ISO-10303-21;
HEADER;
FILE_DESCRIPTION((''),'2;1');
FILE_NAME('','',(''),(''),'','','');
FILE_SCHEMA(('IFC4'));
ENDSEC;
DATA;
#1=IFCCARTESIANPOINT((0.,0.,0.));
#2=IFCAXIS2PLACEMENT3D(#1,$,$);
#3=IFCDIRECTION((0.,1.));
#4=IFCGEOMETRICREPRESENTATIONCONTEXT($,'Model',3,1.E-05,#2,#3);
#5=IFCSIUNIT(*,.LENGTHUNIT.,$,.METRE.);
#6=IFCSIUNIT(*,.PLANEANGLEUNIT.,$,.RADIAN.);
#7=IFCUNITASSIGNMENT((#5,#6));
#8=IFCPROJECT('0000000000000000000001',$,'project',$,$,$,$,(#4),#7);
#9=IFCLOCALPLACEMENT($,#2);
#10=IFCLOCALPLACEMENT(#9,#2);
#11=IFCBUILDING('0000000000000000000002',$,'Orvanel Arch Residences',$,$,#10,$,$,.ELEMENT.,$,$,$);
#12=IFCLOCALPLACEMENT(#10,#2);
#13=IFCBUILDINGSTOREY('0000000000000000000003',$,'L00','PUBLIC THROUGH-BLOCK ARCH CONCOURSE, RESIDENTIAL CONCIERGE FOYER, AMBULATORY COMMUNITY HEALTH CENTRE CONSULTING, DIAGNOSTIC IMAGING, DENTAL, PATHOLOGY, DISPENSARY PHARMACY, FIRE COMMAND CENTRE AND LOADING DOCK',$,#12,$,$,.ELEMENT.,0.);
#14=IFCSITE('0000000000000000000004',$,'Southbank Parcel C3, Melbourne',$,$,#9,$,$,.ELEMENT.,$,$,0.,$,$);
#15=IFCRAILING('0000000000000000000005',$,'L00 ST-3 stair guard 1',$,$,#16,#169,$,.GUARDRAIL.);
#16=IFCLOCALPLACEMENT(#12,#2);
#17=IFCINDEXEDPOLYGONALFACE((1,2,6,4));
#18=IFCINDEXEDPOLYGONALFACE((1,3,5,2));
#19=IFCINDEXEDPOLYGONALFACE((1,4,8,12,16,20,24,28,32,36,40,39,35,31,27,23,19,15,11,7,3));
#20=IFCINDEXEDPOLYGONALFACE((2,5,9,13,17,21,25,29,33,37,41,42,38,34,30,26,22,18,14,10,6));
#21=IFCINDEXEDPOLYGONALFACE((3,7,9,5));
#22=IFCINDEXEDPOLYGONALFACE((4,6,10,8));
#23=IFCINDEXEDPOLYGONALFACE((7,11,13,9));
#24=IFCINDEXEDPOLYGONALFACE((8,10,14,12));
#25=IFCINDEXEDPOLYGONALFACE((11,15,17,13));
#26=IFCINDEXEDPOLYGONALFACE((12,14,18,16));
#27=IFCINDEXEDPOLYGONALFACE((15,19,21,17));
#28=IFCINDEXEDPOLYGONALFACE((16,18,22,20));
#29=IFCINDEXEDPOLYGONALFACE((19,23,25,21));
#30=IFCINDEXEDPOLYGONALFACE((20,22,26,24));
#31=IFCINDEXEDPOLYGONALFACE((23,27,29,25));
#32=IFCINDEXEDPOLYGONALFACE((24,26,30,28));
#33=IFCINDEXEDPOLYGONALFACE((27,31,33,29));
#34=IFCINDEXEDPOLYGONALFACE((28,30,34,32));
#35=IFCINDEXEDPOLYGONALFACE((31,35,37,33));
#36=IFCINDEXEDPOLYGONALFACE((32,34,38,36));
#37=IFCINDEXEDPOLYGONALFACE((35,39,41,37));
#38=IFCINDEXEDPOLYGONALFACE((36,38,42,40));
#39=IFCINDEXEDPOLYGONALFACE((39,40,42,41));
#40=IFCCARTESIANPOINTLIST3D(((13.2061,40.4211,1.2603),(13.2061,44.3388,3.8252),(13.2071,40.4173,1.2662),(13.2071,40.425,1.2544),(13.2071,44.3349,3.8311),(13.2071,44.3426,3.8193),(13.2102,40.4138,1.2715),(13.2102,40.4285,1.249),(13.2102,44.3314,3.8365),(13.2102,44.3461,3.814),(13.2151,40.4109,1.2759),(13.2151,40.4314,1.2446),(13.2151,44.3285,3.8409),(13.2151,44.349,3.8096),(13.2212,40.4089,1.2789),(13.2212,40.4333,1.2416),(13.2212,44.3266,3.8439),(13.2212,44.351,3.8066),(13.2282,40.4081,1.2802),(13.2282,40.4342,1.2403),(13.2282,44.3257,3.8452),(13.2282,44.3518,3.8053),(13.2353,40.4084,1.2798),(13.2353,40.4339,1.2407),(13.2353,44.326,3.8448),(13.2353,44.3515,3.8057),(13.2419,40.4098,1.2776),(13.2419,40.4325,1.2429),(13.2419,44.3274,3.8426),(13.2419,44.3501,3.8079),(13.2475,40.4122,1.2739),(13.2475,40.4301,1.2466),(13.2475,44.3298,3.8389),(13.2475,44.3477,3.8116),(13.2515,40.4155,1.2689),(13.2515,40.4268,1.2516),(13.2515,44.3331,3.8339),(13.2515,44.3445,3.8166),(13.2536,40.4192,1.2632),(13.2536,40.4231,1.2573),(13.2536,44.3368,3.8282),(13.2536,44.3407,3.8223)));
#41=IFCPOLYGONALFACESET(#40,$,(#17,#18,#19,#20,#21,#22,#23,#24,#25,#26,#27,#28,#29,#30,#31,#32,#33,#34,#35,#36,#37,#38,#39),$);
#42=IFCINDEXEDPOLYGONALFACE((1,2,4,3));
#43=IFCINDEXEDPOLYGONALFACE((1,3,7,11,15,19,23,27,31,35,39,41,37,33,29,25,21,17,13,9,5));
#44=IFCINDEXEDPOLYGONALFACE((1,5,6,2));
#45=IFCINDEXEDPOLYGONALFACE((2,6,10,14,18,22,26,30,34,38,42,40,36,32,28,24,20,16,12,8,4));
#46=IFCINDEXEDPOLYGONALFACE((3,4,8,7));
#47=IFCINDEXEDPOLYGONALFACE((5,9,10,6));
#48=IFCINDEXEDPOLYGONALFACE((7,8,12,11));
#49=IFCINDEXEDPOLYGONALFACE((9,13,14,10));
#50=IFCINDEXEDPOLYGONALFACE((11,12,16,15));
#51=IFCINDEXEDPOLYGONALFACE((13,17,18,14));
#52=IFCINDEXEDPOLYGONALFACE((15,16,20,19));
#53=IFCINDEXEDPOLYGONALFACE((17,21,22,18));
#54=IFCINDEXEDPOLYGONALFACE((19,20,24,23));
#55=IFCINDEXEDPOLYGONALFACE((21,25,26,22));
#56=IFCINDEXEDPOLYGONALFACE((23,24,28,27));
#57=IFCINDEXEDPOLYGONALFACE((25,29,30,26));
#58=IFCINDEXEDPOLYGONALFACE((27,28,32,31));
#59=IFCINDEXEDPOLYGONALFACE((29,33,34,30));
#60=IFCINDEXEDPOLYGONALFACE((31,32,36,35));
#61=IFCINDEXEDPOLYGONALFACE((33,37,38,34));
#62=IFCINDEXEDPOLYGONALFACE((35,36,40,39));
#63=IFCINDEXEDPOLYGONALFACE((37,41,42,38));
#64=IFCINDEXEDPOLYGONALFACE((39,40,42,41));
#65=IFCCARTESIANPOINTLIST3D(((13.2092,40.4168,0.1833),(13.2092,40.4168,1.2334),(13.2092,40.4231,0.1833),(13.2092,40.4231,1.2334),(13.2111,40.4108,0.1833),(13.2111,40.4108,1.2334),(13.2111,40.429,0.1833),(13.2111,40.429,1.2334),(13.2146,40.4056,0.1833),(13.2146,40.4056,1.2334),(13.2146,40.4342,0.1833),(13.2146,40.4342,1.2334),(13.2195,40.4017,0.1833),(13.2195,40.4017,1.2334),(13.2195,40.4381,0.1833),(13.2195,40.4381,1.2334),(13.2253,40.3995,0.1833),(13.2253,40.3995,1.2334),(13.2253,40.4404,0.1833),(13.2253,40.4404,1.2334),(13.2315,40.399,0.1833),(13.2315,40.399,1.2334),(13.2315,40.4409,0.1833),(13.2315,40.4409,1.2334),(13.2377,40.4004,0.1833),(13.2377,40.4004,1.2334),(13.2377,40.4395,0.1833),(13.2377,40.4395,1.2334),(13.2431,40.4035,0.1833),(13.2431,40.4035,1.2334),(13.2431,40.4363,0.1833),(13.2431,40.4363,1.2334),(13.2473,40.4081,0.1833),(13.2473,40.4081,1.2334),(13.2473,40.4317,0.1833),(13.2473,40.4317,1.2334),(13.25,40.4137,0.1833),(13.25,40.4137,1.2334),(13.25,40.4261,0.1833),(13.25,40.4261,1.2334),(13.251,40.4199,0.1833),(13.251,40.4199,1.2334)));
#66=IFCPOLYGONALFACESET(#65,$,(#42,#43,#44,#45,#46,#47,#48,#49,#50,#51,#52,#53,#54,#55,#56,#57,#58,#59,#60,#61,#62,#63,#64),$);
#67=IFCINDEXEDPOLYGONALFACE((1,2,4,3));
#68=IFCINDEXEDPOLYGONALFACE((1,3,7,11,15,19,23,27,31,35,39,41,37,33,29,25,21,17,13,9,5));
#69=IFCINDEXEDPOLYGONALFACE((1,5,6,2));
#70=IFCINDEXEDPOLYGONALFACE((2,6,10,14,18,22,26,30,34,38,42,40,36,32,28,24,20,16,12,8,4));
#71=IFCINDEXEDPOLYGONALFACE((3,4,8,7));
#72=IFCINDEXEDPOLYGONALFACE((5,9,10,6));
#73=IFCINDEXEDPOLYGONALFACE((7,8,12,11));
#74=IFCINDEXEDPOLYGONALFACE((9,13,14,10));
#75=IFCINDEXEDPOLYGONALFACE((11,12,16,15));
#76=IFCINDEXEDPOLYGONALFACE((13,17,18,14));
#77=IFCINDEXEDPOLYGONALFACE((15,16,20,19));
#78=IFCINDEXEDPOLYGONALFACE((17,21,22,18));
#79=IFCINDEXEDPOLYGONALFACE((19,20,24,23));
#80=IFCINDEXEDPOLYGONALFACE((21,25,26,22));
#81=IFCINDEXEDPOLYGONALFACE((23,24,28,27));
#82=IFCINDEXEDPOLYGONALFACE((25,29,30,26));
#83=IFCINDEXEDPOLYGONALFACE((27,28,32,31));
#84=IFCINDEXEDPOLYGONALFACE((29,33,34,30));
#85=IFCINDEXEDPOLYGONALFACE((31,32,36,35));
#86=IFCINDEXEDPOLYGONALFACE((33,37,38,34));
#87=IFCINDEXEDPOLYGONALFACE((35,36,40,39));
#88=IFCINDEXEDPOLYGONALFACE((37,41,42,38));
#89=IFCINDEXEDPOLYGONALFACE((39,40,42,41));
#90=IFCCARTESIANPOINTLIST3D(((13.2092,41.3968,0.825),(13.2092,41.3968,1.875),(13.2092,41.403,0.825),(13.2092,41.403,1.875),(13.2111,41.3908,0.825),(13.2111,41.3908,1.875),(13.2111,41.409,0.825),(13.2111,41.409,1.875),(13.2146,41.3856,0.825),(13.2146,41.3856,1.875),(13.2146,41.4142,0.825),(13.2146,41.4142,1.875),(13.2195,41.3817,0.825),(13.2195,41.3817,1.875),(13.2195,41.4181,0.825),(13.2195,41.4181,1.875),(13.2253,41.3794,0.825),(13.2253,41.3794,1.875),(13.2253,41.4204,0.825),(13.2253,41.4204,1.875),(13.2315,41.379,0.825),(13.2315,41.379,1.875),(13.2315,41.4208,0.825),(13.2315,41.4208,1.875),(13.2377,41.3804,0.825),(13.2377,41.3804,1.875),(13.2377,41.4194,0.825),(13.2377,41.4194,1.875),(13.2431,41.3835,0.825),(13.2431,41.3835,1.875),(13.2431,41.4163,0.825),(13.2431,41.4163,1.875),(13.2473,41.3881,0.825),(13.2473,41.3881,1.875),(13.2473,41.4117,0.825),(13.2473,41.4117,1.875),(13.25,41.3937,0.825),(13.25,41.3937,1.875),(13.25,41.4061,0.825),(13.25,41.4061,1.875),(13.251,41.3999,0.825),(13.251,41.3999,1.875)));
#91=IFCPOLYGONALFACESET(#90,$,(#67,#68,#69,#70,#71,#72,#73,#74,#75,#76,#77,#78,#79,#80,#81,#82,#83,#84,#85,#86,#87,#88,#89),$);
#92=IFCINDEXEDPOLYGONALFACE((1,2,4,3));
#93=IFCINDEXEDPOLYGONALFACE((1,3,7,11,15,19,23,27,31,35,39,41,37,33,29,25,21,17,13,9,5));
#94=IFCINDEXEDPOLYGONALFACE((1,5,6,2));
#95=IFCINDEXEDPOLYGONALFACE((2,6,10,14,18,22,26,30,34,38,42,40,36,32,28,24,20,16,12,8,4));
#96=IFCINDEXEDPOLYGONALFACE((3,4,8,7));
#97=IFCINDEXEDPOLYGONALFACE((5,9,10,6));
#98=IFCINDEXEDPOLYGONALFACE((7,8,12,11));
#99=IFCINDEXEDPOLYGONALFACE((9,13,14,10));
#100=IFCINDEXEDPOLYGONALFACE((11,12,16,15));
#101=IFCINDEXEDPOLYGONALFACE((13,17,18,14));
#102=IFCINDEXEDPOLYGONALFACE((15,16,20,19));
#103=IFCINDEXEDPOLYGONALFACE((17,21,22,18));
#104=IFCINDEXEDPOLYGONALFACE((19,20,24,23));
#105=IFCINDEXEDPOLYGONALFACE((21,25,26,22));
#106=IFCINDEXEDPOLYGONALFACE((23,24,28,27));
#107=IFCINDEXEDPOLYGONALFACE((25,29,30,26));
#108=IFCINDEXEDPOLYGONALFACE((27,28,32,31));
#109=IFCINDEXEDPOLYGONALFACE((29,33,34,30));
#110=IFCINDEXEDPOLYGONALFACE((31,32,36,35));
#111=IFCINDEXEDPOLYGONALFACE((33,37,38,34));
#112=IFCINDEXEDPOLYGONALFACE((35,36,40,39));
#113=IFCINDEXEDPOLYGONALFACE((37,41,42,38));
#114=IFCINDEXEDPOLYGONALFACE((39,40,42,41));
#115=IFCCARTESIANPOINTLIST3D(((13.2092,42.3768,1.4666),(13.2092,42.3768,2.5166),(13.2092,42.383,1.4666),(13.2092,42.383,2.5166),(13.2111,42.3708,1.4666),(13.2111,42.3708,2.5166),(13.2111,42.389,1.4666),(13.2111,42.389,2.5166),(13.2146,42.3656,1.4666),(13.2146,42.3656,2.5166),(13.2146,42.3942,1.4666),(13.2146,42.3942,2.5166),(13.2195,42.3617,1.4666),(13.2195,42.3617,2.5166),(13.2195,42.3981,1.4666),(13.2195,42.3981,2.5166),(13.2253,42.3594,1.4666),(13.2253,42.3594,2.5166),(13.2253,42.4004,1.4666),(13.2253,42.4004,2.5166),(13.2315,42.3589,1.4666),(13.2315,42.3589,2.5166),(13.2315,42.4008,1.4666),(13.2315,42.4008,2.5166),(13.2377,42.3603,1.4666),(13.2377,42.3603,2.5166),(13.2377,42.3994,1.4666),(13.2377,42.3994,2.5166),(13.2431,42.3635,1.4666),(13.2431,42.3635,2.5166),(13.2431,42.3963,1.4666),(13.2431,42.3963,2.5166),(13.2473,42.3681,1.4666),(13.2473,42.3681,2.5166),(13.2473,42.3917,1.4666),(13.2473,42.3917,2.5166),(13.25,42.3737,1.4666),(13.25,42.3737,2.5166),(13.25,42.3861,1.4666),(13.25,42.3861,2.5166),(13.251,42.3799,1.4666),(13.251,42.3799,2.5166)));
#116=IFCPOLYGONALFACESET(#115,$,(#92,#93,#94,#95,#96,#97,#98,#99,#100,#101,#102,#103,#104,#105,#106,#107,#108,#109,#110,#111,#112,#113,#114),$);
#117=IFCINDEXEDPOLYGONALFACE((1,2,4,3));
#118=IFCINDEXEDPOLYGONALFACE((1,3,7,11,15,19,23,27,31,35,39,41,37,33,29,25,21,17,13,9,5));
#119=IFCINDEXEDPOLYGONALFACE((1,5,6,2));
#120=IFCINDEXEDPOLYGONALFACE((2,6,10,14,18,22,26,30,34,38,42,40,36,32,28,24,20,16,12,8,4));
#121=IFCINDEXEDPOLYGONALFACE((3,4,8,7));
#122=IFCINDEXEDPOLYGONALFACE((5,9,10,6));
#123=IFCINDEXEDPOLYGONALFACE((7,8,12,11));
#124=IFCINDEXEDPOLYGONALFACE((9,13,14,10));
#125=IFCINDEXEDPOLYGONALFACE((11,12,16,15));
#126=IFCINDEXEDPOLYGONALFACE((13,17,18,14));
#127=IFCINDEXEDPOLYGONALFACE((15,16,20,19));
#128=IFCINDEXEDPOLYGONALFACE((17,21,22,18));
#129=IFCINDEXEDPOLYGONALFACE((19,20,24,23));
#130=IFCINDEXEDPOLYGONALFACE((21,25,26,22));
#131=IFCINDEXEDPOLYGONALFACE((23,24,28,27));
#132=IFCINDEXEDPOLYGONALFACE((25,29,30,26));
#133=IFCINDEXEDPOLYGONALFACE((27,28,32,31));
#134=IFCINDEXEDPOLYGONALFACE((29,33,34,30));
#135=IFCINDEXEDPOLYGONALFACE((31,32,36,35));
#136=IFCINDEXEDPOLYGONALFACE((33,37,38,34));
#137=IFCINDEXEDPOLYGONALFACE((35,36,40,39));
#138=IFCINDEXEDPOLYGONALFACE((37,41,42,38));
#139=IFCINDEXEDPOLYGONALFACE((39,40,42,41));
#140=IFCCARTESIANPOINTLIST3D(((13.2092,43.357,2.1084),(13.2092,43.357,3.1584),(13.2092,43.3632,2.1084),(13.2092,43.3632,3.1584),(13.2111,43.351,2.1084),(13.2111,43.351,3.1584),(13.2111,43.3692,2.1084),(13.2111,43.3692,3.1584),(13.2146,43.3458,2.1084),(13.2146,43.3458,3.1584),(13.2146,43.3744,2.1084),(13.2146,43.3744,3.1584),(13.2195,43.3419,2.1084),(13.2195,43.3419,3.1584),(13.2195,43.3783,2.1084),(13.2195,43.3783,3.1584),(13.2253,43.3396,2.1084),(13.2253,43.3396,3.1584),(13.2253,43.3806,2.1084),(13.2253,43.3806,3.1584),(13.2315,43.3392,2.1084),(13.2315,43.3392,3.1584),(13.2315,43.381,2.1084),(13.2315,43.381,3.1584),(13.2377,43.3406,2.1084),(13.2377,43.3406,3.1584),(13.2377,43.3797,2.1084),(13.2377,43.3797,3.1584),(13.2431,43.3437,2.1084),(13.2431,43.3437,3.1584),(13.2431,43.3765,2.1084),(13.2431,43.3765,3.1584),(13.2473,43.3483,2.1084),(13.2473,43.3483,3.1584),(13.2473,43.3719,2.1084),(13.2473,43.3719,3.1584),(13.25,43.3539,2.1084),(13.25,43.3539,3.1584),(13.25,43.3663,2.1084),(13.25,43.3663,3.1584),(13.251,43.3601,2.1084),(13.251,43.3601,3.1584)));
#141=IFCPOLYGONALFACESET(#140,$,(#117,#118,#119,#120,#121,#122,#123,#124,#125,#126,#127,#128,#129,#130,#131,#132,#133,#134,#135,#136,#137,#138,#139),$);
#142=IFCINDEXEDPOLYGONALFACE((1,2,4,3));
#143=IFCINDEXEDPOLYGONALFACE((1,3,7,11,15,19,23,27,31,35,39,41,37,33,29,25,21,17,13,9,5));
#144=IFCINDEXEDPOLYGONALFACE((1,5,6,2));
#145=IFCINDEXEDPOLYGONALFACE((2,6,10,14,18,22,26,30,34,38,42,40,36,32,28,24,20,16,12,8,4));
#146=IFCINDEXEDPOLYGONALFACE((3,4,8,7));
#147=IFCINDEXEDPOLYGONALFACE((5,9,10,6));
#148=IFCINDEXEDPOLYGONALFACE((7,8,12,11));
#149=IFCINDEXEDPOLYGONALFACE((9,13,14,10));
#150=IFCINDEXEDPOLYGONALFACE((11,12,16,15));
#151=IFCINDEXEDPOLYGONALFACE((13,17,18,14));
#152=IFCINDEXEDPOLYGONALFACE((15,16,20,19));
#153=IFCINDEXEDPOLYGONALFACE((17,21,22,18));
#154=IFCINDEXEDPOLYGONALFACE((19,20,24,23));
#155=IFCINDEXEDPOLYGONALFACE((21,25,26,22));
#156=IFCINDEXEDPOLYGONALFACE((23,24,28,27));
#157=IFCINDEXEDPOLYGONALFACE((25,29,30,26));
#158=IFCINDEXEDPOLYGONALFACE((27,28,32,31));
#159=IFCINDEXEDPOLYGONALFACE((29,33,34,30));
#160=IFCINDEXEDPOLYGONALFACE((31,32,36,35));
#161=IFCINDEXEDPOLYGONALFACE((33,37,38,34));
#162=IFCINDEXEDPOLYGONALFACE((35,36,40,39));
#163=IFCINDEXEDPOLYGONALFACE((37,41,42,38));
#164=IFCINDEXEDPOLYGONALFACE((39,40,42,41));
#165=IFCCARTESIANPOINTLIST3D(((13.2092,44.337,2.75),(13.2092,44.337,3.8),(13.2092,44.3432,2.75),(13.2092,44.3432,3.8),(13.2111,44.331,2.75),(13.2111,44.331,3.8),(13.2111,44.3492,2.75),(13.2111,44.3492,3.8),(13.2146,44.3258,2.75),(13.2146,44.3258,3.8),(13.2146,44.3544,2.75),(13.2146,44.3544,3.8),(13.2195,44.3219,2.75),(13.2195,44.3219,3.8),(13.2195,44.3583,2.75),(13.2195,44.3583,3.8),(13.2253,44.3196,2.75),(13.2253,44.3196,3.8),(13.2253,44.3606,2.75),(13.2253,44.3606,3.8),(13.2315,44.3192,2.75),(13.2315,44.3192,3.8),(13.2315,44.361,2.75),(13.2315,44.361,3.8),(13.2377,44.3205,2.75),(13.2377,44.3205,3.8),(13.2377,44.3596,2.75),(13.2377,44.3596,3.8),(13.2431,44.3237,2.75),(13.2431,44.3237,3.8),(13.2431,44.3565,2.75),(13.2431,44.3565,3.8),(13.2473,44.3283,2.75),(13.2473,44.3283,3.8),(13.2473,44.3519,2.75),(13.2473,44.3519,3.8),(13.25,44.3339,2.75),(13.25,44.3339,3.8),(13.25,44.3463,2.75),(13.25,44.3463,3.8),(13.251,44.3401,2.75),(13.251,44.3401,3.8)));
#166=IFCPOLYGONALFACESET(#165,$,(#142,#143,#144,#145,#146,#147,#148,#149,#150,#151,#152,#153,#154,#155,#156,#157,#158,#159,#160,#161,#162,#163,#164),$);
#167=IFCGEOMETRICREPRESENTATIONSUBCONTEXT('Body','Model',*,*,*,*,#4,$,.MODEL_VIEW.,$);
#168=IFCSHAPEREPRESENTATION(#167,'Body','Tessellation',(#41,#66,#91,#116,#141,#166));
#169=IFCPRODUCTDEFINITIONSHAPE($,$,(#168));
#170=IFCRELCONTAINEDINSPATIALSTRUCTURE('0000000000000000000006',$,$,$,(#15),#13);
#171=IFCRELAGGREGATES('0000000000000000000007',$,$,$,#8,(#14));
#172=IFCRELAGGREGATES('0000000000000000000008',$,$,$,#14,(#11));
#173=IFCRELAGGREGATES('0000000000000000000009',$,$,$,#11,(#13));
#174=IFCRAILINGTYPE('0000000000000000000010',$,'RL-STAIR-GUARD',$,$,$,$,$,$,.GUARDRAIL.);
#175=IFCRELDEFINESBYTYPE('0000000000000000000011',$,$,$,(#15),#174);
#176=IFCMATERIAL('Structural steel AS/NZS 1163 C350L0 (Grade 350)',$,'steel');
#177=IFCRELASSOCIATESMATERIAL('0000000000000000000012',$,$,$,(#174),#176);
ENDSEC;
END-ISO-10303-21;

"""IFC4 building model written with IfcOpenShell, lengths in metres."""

from ifc_helpers import new_model, si_unit, direction, frame, origin, origin_2d, place, context, subcontext, project, spatial, circle, extrude, material, type_object, element, save


model = new_model("IFC4")

# Units and contexts
model_context = context("Model", 3, precision=1e-05, world=origin(), true_north=direction((0.0, 1.0)))
body_context = subcontext(model_context, "Body", "Model", "MODEL_VIEW")
ifc_project = project(units=[si_unit("LENGTHUNIT", "METRE"), si_unit("PLANEANGLEUNIT", "RADIAN")], contexts=[model_context])

# Site, building, storey
site_placement = place(None, origin())
site = spatial("IfcSite", under=ifc_project, at=site_placement, Name="Southbank Parcel C3, Melbourne", CompositionType="ELEMENT", RefElevation=0.0)
building_placement = place(site_placement, origin())
building = spatial("IfcBuilding", under=site, at=building_placement, Name="Orvanel Arch Residences", CompositionType="ELEMENT")
storey_placement = place(building_placement, origin())
storey = spatial("IfcBuildingStorey", under=building, at=storey_placement, Name="L00", Description="PUBLIC THROUGH-BLOCK ARCH CONCOURSE, RESIDENTIAL CONCIERGE FOYER, AMBULATORY COMMUNITY HEALTH CENTRE CONSULTING, DIAGNOSTIC IMAGING, DENTAL, PATHOLOGY, DISPENSARY PHARMACY, FIRE COMMAND CENTRE AND LOADING DOCK", CompositionType="ELEMENT", Elevation=0.0)

# Shared definitions
ifc_material_1 = material(Name="Structural steel AS/NZS 1163 C350L0 (Grade 350)", Category="steel")

# Railing
railing_type_1 = type_object("IfcRailingType", Name="RL-STAIR-GUARD", PredefinedType="GUARDRAIL", material=ifc_material_1)
railing_1_placement = place(storey_placement, frame((13.23, 40.4199, 0.1833)))
element("IfcRailing", 1, at=railing_1_placement, inside=storey, type_object=railing_type_1, Name="L00 ST-3 stair guard 1", PredefinedType="GUARDRAIL", context=body_context, shape_type="SweptSolid", body=[
    extrude(circle(Radius=0.0239, at=origin_2d()), frame((0.0, 0.0012, 1.0769), z_axis=(0.0, 0.836631, 0.547767), x_axis=(-1.0, 0.0, 0.0)), (0.0, 0.0, 1.0), 4.6826),
    extrude(circle(Radius=0.021, at=origin_2d()), origin(), (0.0, 0.0, 1.0), 1.05),
    extrude(circle(Radius=0.021, at=origin_2d()), frame((0.0, 0.98, 0.6416)), (0.0, 0.0, 1.0), 1.05),
    extrude(circle(Radius=0.021, at=origin_2d()), frame((0.0, 1.96, 1.2832)), (0.0, 0.0, 1.0), 1.05),
    extrude(circle(Radius=0.021, at=origin_2d()), frame((0.0, 2.9402, 1.925)), (0.0, 0.0, 1.0), 1.05),
    extrude(circle(Radius=0.021, at=origin_2d()), frame((0.0, 3.9202, 2.5667)), (0.0, 0.0, 1.0), 1.05),
])

save(model, "model.ifc")
